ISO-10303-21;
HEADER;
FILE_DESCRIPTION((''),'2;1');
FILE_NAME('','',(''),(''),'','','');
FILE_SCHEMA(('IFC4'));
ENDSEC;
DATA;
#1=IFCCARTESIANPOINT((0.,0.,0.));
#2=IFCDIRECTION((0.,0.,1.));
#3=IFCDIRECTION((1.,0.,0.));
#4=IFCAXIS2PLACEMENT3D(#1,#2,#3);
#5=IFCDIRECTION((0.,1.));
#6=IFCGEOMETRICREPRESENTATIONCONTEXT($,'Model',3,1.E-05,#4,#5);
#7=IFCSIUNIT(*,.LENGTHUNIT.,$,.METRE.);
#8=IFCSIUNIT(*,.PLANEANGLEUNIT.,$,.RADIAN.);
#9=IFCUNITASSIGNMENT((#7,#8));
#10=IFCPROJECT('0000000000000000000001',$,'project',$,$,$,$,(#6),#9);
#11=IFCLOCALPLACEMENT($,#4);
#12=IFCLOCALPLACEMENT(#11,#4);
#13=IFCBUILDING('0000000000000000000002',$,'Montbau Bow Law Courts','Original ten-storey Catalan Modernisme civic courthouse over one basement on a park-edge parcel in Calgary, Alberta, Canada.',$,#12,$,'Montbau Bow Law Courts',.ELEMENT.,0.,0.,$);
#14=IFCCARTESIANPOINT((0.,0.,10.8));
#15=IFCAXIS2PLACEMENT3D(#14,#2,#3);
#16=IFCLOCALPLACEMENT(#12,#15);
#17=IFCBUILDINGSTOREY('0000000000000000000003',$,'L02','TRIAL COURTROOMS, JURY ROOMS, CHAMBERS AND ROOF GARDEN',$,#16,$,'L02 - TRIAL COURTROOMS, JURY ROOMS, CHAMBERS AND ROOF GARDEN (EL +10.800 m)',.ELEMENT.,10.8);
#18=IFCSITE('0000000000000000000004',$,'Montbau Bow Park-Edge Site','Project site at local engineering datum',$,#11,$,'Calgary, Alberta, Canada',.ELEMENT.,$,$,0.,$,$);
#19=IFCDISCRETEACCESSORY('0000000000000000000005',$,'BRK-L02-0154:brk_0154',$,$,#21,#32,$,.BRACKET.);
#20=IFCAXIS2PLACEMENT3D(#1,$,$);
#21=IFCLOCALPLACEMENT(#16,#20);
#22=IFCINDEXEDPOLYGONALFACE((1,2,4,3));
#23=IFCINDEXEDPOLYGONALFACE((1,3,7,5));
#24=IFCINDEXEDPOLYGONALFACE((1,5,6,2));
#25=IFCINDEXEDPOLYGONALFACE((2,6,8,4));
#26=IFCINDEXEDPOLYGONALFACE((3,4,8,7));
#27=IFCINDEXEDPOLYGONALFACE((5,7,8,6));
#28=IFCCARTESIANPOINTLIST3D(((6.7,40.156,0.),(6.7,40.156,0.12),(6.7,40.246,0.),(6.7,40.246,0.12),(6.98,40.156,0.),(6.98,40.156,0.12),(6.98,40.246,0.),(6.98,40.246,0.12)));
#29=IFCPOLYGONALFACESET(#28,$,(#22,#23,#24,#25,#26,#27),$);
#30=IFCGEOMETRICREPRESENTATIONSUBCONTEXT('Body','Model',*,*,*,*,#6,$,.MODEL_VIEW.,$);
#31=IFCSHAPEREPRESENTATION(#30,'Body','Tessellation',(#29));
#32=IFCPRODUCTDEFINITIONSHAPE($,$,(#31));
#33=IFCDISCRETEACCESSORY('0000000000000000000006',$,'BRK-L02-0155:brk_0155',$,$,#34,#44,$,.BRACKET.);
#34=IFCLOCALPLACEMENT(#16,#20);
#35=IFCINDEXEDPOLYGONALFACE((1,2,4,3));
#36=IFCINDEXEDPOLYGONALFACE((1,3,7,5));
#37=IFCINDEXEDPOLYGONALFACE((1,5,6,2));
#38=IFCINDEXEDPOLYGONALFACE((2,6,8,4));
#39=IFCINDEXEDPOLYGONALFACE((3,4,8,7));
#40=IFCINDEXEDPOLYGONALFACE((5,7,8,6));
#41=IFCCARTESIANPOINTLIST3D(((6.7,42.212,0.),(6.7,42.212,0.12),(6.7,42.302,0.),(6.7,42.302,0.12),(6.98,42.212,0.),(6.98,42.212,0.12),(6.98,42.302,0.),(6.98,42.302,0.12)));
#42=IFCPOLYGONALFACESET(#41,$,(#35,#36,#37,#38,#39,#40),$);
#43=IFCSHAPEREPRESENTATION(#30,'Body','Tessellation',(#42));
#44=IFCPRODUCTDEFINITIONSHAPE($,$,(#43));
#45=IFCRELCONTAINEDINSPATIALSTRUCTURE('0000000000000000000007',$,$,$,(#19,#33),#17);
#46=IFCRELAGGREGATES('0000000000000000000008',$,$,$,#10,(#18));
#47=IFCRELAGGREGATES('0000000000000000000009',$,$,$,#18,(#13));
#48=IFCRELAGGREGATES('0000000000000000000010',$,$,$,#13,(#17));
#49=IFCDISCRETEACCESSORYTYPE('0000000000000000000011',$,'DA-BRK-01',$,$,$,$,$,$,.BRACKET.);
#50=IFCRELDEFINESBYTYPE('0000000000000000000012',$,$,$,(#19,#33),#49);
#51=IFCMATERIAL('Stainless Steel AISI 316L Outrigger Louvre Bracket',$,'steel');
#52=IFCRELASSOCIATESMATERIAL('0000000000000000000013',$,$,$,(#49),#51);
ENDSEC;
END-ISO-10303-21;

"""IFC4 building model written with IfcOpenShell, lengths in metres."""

from ifc_helpers import new_model, si_unit, direction, frame, origin_with_axes, origin_2d_with_axis, place, context, subcontext, project, spatial, rectangle, extrude, material, type_object, element, save


model = new_model("IFC4")

# Units and contexts
model_context = context("Model", 3, precision=1e-05, world=origin_with_axes(), true_north=direction((0.0, 1.0)))
body_context = subcontext(model_context, "Body", "Model", "MODEL_VIEW")
ifc_project = project(units=[si_unit("LENGTHUNIT", "METRE"), si_unit("PLANEANGLEUNIT", "RADIAN")], contexts=[model_context])

# Site, building, storey
site_placement = place(None, origin_with_axes())
site = spatial("IfcSite", under=ifc_project, at=site_placement, Name="Montbau Bow Park-Edge Site", Description="Project site at local engineering datum", LongName="Calgary, Alberta, Canada", CompositionType="ELEMENT", RefElevation=0.0)
building_placement = place(site_placement, origin_with_axes())
building = spatial("IfcBuilding", under=site, at=building_placement, Name="Montbau Bow Law Courts", Description="Original ten-storey Catalan Modernisme civic courthouse over one basement on a park-edge parcel in Calgary, Alberta, Canada.", LongName="Montbau Bow Law Courts", CompositionType="ELEMENT", ElevationOfRefHeight=0.0, ElevationOfTerrain=0.0)
storey_placement = place(building_placement, frame((0.0, 0.0, 10.8), z_axis=(0.0, 0.0, 1.0), x_axis=(1.0, 0.0, 0.0)))
storey = spatial("IfcBuildingStorey", under=building, at=storey_placement, Name="L02", Description="TRIAL COURTROOMS, JURY ROOMS, CHAMBERS AND ROOF GARDEN", LongName="L02 - TRIAL COURTROOMS, JURY ROOMS, CHAMBERS AND ROOF GARDEN (EL +10.800 m)", CompositionType="ELEMENT", Elevation=10.8)

# Discrete accessories
ifc_material_1 = material(Name="Stainless Steel AISI 316L Outrigger Louvre Bracket", Category="steel")
discrete_accessory_type = type_object("IfcDiscreteAccessoryType", Name="DA-BRK-01", PredefinedType="BRACKET", material=ifc_material_1)
for number, where, z_axis, x_axis, name in (
    (1, (6.84, 40.201, 10.8), (0.0, 0.0, 1.0), (-1.0, 0.0, 0.0), "BRK-L02-0154:brk_0154"),
    (2, (6.84, 42.257, 10.8), (0.0, 0.0, 1.0), (-1.0, 0.0, 0.0), "BRK-L02-0155:brk_0155"),
):
    element("IfcDiscreteAccessory", number, at=place(None, frame(where, z_axis=z_axis, x_axis=x_axis)), inside=storey, type_object=discrete_accessory_type, Name=name, PredefinedType="BRACKET", context=body_context, shape_type="SweptSolid", body=[
        extrude(rectangle(XDim=0.28, YDim=0.09, at=origin_2d_with_axis()), origin_with_axes(), (0.0, 0.0, 1.0), 0.12),
    ])

save(model, "model.ifc")
